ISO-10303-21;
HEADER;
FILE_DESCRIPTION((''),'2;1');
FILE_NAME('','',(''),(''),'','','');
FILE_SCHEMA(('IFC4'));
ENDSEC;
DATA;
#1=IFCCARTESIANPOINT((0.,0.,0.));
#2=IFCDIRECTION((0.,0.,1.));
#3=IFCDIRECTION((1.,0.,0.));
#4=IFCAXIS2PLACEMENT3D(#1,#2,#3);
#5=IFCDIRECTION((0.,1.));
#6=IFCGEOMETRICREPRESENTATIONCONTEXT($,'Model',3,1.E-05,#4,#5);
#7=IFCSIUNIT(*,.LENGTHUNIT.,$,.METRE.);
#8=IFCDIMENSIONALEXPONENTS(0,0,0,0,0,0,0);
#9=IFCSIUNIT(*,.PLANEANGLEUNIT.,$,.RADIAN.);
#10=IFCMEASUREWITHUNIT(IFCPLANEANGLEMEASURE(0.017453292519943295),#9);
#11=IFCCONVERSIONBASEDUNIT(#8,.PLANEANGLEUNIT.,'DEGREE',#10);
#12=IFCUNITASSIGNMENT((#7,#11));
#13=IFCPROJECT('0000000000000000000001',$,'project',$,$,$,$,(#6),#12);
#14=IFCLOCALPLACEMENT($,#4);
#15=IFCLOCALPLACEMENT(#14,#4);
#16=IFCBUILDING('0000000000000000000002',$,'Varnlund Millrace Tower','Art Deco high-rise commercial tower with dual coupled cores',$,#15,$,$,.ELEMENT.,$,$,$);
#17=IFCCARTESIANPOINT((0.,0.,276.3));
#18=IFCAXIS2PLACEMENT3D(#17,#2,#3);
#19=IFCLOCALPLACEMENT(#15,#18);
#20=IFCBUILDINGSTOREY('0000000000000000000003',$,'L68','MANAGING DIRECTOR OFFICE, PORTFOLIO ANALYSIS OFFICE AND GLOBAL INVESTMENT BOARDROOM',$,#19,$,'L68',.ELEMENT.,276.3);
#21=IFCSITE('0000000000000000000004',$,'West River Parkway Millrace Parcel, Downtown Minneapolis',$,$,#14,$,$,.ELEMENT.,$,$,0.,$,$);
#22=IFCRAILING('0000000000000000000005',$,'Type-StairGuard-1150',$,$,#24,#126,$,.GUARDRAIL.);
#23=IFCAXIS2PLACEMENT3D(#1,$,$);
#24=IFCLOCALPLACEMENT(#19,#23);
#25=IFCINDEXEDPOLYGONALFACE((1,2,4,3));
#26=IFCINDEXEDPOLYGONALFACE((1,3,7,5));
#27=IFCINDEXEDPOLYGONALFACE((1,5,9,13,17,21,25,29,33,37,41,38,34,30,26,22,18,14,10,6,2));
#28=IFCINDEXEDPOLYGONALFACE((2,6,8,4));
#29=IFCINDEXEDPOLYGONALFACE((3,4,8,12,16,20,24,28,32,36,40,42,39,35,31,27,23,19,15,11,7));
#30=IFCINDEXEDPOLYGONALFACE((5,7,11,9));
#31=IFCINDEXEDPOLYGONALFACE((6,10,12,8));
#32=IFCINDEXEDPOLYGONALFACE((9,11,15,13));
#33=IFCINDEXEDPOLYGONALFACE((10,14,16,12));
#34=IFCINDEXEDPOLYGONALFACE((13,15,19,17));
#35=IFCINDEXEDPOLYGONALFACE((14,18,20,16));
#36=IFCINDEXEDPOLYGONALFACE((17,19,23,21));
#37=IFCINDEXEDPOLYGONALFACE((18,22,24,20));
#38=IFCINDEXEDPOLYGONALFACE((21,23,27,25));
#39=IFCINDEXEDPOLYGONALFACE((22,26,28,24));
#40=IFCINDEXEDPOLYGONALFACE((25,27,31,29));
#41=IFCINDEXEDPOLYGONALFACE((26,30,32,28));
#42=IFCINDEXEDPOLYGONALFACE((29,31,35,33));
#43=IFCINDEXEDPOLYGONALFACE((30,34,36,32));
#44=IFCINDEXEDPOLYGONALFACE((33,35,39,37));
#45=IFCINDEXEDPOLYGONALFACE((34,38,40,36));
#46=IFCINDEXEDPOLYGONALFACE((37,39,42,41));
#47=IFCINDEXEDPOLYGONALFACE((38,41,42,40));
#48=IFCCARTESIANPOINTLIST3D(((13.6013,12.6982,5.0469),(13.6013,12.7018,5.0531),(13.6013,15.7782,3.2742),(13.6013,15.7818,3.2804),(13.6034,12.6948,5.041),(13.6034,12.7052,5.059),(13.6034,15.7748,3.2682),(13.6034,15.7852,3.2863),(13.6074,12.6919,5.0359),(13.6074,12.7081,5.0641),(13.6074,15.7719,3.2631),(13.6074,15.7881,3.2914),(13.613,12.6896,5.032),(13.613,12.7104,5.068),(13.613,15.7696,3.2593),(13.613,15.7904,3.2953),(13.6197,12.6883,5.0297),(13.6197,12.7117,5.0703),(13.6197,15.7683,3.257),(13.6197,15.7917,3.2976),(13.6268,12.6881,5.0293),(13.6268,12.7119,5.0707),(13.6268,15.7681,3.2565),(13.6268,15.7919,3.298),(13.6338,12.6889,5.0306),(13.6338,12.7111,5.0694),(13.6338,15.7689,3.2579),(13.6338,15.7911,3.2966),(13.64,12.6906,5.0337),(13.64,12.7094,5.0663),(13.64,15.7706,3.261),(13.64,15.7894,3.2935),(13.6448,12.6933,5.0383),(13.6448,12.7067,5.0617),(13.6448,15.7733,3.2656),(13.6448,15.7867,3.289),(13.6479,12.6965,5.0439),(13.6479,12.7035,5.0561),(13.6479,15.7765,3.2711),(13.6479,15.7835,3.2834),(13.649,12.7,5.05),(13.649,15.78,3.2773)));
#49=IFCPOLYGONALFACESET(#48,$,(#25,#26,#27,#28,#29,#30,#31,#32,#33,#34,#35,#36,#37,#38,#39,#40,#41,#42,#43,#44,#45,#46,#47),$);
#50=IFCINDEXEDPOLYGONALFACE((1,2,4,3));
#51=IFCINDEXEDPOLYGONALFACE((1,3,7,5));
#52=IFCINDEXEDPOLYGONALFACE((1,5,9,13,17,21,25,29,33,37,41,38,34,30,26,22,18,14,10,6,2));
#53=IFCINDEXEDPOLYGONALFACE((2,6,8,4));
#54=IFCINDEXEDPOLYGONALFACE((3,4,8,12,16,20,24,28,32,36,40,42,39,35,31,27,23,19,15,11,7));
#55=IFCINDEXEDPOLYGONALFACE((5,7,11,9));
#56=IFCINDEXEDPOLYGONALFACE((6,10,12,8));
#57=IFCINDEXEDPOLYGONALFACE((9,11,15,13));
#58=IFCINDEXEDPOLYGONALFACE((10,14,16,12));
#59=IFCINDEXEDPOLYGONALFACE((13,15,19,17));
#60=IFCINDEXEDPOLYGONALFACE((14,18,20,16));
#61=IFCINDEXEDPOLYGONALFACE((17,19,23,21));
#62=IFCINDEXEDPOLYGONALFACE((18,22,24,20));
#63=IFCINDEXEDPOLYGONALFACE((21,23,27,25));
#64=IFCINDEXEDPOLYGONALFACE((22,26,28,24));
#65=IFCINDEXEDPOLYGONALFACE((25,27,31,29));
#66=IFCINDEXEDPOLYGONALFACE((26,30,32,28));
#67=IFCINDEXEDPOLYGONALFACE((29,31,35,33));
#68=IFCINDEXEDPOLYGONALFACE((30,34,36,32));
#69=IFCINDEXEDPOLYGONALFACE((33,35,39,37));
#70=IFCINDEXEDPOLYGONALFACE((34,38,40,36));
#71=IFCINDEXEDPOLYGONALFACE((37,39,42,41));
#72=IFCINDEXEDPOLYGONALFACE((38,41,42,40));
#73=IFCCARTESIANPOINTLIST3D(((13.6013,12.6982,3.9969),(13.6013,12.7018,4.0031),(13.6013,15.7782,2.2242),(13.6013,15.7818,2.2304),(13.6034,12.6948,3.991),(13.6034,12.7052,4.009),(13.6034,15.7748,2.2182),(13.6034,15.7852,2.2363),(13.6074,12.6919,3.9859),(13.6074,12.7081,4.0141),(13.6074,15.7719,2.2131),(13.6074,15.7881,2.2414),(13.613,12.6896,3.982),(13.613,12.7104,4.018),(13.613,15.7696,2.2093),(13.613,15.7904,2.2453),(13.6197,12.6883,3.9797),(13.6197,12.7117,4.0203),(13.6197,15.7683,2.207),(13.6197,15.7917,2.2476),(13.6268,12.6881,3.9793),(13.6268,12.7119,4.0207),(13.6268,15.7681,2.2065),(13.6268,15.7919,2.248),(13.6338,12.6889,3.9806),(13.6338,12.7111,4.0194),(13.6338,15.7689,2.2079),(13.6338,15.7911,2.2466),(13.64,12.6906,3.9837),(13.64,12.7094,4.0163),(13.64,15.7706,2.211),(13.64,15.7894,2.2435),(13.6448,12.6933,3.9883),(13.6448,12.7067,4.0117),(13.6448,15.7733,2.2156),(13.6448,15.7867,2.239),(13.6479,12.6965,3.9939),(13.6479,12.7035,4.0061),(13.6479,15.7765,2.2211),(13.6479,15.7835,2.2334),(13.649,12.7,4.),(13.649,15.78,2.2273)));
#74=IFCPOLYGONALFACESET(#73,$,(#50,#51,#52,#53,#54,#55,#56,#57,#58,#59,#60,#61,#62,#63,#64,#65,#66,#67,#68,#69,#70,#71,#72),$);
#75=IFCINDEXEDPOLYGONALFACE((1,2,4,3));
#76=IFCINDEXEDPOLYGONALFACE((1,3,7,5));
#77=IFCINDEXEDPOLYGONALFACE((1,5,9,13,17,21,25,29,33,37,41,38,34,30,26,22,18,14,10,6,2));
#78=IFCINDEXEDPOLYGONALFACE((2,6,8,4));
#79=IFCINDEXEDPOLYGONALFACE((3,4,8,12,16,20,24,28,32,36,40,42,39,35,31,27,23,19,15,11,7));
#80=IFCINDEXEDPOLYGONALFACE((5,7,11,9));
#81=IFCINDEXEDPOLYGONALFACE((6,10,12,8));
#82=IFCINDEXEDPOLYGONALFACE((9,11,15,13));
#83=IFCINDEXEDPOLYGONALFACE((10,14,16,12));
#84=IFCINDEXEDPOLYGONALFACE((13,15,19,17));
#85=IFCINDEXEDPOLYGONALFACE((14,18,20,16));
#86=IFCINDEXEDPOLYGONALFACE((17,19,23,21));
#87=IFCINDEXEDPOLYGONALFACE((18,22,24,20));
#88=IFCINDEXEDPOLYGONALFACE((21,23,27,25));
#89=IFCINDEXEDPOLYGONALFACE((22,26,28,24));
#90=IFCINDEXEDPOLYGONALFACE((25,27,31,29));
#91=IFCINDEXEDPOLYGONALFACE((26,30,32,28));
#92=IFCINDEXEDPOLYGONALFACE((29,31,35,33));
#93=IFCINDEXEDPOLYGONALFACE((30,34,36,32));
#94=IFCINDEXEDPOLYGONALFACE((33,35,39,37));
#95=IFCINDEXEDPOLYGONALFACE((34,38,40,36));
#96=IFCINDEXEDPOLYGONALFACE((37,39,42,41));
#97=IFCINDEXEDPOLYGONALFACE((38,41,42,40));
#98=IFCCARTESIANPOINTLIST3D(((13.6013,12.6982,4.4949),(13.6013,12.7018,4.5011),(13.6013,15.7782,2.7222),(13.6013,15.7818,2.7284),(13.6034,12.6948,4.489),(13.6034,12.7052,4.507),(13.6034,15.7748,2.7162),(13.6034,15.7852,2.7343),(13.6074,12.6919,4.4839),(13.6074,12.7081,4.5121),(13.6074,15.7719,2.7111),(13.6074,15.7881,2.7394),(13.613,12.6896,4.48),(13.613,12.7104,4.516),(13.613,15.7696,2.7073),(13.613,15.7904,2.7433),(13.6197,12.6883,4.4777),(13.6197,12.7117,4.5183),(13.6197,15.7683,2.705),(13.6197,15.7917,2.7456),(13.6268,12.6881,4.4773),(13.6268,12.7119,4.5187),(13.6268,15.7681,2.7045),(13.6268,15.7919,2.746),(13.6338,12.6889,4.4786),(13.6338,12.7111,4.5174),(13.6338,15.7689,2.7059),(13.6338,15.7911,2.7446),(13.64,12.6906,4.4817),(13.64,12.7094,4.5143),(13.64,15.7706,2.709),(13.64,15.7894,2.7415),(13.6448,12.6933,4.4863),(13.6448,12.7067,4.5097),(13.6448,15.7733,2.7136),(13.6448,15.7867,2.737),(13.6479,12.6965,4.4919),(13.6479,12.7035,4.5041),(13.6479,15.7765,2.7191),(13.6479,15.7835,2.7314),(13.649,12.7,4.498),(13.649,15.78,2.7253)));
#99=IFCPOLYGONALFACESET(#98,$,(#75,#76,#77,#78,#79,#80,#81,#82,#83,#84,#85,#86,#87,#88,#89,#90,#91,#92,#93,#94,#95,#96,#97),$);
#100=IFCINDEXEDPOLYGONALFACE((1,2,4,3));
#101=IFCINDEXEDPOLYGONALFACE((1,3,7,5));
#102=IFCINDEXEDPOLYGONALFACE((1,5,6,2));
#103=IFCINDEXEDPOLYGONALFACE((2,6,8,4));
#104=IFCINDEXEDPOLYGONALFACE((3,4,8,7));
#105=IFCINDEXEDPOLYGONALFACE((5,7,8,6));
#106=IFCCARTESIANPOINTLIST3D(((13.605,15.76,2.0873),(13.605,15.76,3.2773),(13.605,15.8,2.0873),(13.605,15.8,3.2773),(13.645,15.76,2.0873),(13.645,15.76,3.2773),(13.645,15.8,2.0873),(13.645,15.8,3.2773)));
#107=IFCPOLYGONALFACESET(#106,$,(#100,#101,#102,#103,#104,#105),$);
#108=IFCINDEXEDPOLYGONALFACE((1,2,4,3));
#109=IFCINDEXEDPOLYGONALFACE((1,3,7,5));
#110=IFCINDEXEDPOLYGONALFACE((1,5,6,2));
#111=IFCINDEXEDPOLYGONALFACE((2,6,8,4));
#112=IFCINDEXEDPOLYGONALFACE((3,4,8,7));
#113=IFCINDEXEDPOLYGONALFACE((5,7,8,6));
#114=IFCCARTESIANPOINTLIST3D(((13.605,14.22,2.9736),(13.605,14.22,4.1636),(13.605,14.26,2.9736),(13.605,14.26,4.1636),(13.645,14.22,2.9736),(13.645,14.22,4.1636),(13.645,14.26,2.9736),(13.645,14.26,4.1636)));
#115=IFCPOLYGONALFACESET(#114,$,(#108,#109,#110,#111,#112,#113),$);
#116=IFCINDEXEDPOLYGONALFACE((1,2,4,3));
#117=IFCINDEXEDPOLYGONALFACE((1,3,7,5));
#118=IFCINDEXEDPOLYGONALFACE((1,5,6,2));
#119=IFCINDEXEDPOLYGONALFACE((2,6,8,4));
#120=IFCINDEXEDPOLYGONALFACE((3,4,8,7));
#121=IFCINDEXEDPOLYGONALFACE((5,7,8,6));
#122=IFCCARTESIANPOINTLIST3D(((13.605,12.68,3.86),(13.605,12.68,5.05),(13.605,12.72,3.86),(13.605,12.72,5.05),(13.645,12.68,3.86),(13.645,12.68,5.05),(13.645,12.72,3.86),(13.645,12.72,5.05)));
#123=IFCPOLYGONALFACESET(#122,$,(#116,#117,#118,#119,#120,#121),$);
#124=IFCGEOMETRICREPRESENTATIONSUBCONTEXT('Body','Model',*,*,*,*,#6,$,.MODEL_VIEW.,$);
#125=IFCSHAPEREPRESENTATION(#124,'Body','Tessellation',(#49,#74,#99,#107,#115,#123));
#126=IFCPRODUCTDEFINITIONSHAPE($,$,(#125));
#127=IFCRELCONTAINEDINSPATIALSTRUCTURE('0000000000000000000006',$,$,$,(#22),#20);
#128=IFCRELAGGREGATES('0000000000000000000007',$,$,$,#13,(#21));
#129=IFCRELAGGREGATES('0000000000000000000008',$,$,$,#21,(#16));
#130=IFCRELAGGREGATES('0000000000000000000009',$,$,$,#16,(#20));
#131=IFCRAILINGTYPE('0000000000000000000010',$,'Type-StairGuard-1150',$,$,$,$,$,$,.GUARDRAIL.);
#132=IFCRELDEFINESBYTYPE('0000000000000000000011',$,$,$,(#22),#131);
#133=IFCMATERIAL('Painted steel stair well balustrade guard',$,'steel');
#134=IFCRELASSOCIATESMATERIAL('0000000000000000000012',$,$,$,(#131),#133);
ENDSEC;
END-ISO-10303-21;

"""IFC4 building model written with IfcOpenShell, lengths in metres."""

from ifc_helpers import new_model, entity, si_unit, converted_unit, direction, frame, origin_with_axes, origin_2d_with_axis, place, context, subcontext, project, spatial, rectangle, circle, extrude, material, type_object, element, save


model = new_model("IFC4")

# Units and contexts
model_context = context("Model", 3, precision=1e-05, world=origin_with_axes(), true_north=direction((0.0, 1.0)))
body_context = subcontext(model_context, "Body", "Model", "MODEL_VIEW")
ifc_project = project(units=[si_unit("LENGTHUNIT", "METRE"), converted_unit("PLANEANGLEUNIT", "DEGREE", entity("IfcPlaneAngleMeasure", 0.017453292519943295), si_unit("PLANEANGLEUNIT", "RADIAN"), dimensions=[0, 0, 0, 0, 0, 0, 0])], contexts=[model_context])

# Site, building, storey
site_placement = place(None, origin_with_axes())
site = spatial("IfcSite", under=ifc_project, at=site_placement, Name="West River Parkway Millrace Parcel, Downtown Minneapolis", CompositionType="ELEMENT", RefElevation=0.0)
building_placement = place(site_placement, origin_with_axes())
building = spatial("IfcBuilding", under=site, at=building_placement, Name="Varnlund Millrace Tower", Description="Art Deco high-rise commercial tower with dual coupled cores", CompositionType="ELEMENT")
storey_placement = place(building_placement, frame((0.0, 0.0, 276.3), z_axis=(0.0, 0.0, 1.0), x_axis=(1.0, 0.0, 0.0)))
storey = spatial("IfcBuildingStorey", under=building, at=storey_placement, Name="L68", Description="MANAGING DIRECTOR OFFICE, PORTFOLIO ANALYSIS OFFICE AND GLOBAL INVESTMENT BOARDROOM", LongName="L68", CompositionType="ELEMENT", Elevation=276.3)

# Railing
ifc_material_1 = material(Name="Painted steel stair well balustrade guard", Category="steel")
railing_type_1 = type_object("IfcRailingType", Name="Type-StairGuard-1150", PredefinedType="GUARDRAIL", material=ifc_material_1)
railing_1_placement = place(storey_placement, frame((0.0, 0.0, -276.3), z_axis=(0.0, 0.0, 1.0), x_axis=(1.0, 0.0, 0.0)))
element("IfcRailing", 1, at=railing_1_placement, inside=storey, type_object=railing_type_1, Name="Type-StairGuard-1150", PredefinedType="GUARDRAIL", context=body_context, shape_type="SweptSolid", body=[
    extrude(circle(Radius=0.024, at=origin_2d_with_axis()), frame((13.625, 15.78, 279.5773), z_axis=(0.0, -0.866696, 0.498836), x_axis=(1.0, 0.0, 0.0)), (0.0, 0.0, 1.0), 3.5537),
    extrude(circle(Radius=0.024, at=origin_2d_with_axis()), frame((13.625, 15.78, 278.5273), z_axis=(0.0, -0.866696, 0.498836), x_axis=(1.0, 0.0, 0.0)), (0.0, 0.0, 1.0), 3.5537),
    extrude(circle(Radius=0.024, at=origin_2d_with_axis()), frame((13.625, 15.78, 279.0253), z_axis=(0.0, -0.866696, 0.498836), x_axis=(1.0, 0.0, 0.0)), (0.0, 0.0, 1.0), 3.5537),
    extrude(rectangle(XDim=0.04, YDim=0.04, at=origin_2d_with_axis()), frame((13.625, 15.78, 278.3873), z_axis=(0.0, 0.0, 1.0), x_axis=(1.0, 0.0, 0.0)), (0.0, 0.0, 1.0), 1.19),
    extrude(rectangle(XDim=0.04, YDim=0.04, at=origin_2d_with_axis()), frame((13.625, 14.24, 279.2736), z_axis=(0.0, 0.0, 1.0), x_axis=(1.0, 0.0, 0.0)), (0.0, 0.0, 1.0), 1.19),
    extrude(rectangle(XDim=0.04, YDim=0.04, at=origin_2d_with_axis()), frame((13.625, 12.7, 280.16), z_axis=(0.0, 0.0, 1.0), x_axis=(1.0, 0.0, 0.0)), (0.0, 0.0, 1.0), 1.19),
])

save(model, "model.ifc")
